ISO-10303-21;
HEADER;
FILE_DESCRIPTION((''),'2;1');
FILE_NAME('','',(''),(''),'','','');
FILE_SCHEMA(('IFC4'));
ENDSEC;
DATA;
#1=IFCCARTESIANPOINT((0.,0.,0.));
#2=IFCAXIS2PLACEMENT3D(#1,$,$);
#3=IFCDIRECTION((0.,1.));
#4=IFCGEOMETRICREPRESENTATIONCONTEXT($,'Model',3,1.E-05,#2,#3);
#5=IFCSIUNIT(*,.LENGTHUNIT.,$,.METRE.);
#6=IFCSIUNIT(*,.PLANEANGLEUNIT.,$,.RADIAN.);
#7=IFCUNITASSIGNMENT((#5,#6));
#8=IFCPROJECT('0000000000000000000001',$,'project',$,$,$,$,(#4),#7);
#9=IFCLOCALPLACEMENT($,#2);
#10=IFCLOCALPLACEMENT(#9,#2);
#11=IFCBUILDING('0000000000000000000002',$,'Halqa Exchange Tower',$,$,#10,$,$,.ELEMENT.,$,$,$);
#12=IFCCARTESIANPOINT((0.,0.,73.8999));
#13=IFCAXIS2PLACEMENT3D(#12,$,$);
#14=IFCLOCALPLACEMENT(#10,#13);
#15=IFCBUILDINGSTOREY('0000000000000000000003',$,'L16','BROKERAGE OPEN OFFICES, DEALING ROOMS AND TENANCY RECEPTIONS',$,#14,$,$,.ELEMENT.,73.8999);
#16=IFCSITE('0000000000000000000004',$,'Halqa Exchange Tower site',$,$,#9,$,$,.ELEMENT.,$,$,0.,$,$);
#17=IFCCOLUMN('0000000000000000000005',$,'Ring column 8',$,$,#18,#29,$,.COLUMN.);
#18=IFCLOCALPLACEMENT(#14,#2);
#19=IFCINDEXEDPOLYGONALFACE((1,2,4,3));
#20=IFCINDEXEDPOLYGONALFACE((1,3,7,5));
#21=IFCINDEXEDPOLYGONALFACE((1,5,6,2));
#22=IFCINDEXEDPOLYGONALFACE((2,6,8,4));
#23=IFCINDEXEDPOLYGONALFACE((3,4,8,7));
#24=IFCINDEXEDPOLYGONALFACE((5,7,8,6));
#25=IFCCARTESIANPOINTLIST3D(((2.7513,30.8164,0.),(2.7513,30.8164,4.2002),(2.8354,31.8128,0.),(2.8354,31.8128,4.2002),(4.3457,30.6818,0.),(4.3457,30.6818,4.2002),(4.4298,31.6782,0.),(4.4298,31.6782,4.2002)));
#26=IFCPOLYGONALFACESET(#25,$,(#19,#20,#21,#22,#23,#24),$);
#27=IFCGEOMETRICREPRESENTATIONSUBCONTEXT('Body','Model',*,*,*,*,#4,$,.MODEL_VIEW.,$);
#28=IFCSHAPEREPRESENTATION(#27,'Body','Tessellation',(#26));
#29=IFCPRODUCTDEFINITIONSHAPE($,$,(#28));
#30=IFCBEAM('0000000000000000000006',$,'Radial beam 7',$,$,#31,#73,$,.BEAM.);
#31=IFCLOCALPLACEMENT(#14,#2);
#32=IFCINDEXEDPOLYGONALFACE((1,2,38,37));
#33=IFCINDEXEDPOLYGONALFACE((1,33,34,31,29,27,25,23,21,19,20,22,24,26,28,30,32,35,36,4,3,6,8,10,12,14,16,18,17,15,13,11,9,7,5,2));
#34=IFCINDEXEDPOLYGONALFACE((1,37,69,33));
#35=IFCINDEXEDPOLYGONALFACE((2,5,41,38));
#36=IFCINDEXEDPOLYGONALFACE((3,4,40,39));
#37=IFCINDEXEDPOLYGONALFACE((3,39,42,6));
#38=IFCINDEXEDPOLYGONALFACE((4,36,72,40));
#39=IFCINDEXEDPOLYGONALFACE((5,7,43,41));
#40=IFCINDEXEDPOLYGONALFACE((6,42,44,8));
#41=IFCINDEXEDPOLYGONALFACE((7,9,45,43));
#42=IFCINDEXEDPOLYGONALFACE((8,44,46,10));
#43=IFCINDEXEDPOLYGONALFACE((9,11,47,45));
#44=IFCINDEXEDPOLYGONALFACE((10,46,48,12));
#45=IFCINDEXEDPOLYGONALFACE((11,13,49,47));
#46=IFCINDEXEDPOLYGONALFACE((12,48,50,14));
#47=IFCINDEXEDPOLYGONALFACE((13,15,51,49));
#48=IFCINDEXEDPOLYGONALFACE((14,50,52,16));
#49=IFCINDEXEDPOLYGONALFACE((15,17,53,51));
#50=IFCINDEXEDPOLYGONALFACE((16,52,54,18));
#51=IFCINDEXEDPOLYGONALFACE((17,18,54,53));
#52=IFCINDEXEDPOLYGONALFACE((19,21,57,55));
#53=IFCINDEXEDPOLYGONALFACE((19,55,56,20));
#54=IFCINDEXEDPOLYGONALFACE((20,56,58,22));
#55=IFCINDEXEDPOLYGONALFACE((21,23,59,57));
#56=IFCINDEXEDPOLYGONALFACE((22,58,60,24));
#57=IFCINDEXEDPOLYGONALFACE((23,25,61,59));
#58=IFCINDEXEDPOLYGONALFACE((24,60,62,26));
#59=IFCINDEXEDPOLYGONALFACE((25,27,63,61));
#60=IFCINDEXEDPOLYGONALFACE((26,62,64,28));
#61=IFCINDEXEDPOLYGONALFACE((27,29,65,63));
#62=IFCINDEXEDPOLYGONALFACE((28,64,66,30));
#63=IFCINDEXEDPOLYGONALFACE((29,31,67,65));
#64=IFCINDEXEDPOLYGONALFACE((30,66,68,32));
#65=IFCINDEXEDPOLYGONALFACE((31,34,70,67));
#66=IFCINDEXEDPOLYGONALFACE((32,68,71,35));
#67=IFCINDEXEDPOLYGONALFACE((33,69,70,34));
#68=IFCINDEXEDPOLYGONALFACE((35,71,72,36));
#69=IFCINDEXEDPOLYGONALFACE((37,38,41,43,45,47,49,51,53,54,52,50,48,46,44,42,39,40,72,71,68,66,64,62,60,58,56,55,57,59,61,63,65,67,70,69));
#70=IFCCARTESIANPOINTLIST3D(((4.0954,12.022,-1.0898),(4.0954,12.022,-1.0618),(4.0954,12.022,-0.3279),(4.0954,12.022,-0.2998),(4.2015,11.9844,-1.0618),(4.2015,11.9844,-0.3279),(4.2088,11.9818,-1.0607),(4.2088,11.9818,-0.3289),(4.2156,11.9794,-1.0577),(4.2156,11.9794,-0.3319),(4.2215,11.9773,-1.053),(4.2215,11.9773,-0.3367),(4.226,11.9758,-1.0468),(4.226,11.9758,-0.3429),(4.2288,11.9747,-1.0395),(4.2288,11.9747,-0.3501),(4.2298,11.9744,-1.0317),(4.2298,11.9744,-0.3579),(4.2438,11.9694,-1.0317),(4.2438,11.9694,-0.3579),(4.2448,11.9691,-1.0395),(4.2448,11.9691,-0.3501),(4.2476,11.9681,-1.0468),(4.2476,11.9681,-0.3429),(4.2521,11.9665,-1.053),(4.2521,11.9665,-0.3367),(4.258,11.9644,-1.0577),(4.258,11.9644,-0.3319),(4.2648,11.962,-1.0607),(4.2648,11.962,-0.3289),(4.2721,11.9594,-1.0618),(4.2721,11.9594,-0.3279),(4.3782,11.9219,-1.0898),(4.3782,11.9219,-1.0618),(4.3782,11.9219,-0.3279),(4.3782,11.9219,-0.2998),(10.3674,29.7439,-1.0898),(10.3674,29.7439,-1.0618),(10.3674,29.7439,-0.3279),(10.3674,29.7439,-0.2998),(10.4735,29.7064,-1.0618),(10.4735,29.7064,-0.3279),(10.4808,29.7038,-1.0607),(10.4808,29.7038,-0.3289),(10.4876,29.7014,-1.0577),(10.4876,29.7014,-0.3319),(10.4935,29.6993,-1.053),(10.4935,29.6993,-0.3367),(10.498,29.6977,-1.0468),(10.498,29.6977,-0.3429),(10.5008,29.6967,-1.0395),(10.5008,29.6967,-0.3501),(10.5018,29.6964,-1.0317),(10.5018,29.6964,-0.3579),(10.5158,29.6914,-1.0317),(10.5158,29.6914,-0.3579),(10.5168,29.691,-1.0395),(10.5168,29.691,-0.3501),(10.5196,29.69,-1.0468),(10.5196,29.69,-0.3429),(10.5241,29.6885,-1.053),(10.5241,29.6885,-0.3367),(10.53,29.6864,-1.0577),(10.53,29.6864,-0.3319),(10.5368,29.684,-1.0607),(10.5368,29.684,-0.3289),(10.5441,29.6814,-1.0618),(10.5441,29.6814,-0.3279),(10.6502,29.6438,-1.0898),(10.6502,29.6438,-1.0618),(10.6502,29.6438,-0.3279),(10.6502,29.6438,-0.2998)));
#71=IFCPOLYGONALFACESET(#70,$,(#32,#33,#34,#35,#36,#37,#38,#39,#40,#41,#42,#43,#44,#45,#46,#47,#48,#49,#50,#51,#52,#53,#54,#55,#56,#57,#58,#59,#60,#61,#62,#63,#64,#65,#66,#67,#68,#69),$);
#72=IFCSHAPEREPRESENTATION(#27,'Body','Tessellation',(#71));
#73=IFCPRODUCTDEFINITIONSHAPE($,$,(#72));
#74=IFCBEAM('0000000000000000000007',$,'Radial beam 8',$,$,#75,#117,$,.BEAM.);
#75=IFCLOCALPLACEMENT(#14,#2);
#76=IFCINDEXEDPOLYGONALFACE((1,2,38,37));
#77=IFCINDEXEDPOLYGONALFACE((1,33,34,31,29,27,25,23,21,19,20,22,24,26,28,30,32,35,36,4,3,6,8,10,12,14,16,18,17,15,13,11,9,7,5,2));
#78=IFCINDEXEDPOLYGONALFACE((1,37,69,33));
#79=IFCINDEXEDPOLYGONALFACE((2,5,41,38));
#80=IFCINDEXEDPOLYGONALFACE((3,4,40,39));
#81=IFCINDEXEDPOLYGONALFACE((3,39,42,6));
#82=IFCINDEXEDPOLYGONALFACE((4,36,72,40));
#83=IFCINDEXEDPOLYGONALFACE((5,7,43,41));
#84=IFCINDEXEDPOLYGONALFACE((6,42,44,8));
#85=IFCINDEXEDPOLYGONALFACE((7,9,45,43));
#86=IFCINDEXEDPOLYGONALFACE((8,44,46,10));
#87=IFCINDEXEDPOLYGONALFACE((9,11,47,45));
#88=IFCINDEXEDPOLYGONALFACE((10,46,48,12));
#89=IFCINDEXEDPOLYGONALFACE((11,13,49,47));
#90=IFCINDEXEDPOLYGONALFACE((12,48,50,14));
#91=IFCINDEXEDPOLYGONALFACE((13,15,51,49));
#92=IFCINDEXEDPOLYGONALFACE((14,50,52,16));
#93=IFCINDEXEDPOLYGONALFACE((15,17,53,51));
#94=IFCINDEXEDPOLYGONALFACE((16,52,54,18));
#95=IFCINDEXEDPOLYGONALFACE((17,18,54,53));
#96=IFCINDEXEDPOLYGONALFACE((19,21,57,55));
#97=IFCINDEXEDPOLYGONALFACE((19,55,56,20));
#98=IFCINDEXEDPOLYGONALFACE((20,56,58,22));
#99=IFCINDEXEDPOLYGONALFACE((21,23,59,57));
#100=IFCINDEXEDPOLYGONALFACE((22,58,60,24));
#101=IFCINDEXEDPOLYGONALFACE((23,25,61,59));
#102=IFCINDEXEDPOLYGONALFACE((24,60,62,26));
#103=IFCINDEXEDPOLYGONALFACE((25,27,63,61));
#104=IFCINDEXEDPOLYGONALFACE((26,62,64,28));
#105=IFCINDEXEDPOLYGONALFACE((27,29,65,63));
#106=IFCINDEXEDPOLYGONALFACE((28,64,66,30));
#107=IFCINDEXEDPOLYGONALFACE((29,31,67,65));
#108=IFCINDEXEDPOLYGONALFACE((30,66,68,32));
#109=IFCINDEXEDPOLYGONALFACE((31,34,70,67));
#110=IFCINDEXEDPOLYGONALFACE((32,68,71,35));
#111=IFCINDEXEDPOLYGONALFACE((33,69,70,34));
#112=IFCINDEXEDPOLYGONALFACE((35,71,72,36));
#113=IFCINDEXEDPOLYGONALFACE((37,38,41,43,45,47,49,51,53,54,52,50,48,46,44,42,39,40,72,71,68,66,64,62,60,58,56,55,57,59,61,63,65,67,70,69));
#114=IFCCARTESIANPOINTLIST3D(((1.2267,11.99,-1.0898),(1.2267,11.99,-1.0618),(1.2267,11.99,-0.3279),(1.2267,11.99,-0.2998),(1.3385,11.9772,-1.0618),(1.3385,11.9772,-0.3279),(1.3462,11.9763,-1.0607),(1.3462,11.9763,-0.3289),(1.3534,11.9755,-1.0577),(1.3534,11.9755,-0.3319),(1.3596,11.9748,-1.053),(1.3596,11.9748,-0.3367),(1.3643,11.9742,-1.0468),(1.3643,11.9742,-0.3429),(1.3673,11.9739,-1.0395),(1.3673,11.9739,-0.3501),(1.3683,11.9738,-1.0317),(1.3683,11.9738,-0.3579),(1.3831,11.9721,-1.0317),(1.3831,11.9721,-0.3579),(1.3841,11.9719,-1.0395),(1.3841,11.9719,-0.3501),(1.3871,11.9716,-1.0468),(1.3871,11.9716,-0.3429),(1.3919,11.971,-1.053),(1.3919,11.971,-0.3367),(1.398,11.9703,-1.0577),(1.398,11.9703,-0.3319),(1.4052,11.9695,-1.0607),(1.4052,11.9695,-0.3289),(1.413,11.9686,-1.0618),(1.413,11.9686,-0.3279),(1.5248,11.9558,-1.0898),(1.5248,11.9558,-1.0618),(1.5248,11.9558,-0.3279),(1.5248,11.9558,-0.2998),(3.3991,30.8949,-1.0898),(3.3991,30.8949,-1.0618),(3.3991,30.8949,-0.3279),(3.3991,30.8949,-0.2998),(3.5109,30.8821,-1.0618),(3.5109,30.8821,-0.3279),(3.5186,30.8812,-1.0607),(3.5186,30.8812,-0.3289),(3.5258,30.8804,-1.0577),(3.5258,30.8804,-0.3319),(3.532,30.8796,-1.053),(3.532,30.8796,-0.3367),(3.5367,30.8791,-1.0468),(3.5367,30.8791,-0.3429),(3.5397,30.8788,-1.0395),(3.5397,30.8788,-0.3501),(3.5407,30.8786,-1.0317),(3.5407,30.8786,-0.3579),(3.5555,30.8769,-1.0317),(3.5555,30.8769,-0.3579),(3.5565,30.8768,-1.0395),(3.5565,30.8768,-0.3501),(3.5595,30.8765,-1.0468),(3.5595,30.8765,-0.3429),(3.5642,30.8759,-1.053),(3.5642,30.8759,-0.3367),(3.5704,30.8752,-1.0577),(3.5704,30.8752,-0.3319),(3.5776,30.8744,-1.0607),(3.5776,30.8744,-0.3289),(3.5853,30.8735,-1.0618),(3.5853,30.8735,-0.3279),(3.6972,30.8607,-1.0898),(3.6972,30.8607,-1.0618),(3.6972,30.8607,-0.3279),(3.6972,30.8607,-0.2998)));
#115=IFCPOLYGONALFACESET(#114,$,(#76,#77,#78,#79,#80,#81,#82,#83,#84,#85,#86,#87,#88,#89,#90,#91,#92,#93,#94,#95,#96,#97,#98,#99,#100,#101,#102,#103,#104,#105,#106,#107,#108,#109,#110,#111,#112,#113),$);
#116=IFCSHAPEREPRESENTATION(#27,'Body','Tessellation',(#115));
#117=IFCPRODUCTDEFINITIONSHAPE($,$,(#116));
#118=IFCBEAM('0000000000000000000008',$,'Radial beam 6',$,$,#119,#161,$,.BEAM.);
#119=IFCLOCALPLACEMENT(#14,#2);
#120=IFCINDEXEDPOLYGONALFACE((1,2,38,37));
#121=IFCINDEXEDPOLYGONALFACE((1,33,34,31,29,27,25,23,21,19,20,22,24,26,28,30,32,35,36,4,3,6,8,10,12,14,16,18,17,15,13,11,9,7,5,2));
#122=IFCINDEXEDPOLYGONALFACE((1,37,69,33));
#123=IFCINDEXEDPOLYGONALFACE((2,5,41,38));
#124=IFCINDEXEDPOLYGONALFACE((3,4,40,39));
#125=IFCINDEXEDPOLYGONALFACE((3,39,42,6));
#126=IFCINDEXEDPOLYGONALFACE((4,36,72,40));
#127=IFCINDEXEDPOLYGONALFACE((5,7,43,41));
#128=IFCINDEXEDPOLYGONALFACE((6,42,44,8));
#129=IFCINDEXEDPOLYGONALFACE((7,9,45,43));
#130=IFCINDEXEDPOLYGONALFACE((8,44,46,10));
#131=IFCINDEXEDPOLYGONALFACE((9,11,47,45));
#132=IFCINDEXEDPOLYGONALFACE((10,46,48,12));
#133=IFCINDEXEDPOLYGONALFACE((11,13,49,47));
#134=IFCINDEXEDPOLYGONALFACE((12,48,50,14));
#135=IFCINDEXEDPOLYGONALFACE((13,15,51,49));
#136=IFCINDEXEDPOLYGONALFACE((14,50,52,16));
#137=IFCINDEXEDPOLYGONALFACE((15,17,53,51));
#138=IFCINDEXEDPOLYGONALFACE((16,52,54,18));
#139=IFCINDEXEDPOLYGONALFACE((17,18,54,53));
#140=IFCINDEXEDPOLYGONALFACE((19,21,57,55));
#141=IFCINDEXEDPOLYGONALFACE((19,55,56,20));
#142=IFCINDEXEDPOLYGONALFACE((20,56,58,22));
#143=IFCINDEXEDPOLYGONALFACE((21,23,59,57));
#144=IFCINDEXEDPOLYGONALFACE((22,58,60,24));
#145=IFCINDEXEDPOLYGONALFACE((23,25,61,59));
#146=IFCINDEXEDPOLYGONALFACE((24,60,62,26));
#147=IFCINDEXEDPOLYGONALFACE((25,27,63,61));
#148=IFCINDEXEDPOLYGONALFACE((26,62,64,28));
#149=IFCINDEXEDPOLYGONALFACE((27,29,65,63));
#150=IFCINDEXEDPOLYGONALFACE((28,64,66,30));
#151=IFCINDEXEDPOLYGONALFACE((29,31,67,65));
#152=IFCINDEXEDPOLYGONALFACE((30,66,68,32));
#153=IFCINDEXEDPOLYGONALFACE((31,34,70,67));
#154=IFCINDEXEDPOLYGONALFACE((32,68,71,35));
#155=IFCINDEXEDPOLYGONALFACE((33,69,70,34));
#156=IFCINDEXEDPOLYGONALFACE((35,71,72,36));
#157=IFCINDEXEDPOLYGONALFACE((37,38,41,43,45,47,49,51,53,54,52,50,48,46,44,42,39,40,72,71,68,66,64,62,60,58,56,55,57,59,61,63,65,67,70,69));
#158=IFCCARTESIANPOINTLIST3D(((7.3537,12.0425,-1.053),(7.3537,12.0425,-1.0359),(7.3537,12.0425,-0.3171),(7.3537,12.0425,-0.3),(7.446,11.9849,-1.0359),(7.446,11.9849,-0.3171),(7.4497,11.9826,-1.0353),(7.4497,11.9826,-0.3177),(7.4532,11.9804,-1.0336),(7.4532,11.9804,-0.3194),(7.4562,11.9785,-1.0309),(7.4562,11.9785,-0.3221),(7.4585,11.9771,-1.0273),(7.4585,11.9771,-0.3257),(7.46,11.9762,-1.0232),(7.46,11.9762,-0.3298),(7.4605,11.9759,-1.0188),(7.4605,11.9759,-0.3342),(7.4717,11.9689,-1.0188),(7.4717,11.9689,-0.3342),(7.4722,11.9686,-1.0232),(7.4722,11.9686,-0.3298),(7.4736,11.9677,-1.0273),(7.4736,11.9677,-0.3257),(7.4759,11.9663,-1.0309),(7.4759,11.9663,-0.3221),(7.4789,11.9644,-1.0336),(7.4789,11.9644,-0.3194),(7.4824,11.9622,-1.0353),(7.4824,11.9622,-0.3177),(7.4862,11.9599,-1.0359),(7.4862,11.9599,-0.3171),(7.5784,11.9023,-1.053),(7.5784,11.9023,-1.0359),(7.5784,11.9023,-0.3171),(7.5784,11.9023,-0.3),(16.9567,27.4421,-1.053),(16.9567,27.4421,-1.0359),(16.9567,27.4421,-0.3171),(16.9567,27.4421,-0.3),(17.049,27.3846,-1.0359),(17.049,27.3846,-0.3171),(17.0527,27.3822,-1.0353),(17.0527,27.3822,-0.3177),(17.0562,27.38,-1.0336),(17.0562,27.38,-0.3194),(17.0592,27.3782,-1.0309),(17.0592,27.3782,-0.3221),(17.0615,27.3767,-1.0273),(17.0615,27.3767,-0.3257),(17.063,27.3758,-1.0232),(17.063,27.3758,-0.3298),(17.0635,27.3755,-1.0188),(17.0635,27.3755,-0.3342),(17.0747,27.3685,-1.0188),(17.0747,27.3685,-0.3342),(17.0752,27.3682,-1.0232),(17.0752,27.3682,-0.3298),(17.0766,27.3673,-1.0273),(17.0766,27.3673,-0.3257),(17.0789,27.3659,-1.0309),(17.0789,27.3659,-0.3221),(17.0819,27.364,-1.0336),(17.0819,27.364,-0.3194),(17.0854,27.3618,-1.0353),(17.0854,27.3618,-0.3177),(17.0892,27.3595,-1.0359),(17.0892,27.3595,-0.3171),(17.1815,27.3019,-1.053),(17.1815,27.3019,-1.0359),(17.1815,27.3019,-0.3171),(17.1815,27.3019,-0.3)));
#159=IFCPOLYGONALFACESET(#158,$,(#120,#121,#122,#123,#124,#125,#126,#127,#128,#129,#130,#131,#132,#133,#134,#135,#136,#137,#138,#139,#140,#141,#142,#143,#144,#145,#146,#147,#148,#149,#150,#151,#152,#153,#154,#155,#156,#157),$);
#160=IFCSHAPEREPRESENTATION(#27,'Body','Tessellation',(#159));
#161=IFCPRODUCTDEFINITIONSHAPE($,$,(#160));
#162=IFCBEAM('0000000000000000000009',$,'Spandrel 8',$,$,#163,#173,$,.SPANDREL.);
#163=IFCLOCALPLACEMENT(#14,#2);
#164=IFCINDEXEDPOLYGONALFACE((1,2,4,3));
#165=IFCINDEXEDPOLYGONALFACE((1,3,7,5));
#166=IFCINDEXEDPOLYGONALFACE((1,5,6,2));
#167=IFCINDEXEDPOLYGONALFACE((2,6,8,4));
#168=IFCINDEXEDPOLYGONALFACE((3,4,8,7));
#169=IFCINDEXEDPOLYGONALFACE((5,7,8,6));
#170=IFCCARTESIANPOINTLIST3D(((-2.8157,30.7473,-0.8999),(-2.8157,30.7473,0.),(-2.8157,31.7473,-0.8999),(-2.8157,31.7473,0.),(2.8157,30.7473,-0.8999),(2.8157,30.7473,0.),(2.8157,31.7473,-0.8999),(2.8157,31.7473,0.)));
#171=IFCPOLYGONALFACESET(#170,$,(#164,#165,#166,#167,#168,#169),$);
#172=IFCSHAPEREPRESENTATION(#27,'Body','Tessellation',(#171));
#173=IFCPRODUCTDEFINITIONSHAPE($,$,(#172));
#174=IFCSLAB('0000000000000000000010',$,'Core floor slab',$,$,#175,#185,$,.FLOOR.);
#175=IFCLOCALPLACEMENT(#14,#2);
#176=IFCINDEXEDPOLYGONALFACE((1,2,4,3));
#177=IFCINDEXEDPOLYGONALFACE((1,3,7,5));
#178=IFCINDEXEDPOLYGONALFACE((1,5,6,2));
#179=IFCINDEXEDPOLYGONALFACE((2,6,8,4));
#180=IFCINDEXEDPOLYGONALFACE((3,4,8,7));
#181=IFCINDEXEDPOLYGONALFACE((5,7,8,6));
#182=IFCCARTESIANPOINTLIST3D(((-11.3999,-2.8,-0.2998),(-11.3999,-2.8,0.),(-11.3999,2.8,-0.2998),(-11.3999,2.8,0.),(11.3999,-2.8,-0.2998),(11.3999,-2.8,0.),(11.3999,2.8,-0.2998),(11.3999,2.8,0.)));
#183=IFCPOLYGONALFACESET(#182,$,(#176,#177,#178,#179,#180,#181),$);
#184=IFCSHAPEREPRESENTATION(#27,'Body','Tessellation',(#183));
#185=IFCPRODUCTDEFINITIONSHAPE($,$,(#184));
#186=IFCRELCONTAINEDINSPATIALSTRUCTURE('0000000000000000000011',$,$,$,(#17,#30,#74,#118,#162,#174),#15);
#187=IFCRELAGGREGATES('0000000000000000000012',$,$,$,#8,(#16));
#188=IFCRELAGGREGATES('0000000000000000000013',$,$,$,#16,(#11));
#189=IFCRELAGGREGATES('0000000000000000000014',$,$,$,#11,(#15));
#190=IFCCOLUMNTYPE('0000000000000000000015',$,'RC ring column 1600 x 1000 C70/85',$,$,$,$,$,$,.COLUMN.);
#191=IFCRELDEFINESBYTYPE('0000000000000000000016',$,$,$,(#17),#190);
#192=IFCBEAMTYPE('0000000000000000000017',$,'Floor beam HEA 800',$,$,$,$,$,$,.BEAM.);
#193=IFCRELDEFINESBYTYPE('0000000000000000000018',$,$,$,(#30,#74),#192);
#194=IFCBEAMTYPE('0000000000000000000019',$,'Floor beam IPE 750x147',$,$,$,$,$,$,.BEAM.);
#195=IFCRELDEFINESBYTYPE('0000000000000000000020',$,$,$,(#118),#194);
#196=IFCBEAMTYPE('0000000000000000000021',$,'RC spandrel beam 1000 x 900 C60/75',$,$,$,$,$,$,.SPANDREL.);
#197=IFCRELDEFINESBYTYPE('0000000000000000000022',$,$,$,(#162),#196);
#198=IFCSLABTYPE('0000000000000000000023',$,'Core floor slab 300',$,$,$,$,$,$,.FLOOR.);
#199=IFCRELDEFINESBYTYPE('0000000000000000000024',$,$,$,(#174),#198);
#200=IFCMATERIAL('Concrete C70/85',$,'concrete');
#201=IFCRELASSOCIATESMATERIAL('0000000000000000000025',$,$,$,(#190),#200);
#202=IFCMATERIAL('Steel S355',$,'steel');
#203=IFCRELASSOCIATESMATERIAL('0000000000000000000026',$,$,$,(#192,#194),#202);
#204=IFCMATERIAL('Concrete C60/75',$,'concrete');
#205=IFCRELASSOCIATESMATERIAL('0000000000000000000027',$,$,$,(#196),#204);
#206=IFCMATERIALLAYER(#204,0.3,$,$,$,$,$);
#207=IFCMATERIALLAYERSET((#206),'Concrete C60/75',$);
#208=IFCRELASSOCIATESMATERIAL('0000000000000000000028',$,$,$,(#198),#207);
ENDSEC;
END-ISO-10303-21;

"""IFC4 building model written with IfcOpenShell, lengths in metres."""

from ifc_helpers import new_model, si_unit, direction, frame, origin, origin_2d, place, context, subcontext, project, spatial, polyline, rectangle, i_section, outline, extrude, material, layer, layer_set, material_profile, profile_set, type_object, element, save


model = new_model("IFC4")

# Units and contexts
model_context = context("Model", 3, precision=1e-05, world=origin(), true_north=direction((0.0, 1.0)))
body_context = subcontext(model_context, "Body", "Model", "MODEL_VIEW")
ifc_project = project(units=[si_unit("LENGTHUNIT", "METRE"), si_unit("PLANEANGLEUNIT", "RADIAN")], contexts=[model_context])

# Site, building, storey
site_placement = place(None, origin())
site = spatial("IfcSite", under=ifc_project, at=site_placement, Name="Halqa Exchange Tower site", CompositionType="ELEMENT", RefElevation=0.0)
building_placement = place(site_placement, origin())
building = spatial("IfcBuilding", under=site, at=building_placement, Name="Halqa Exchange Tower", CompositionType="ELEMENT")
storey_placement = place(building_placement, frame((0.0, 0.0, 73.8999)))
storey = spatial("IfcBuildingStorey", under=building, at=storey_placement, Name="L16", Description="BROKERAGE OPEN OFFICES, DEALING ROOMS AND TENANCY RECEPTIONS", CompositionType="ELEMENT", Elevation=73.8999)

# Column
ifc_material_1 = material(Name="Concrete C70/85", Category="concrete")
ifc_material_profile_1 = material_profile(ifc_material_1, rectangle(XDim=1.6001, YDim=1.0, at=origin_2d()), Name="1600 x 1000")
ifc_profile_set_1 = profile_set([ifc_material_profile_1], Name="Concrete C70/85")
column_type = type_object("IfcColumnType", Name="RC ring column 1600 x 1000 C70/85", PredefinedType="COLUMN", material=ifc_profile_set_1)
column_placement = place(storey_placement, frame((3.5906, 31.2473, 0.0), z_axis=(0.0, 0.0, 1.0), x_axis=(-0.996456, 0.084121, 0.0)))
element("IfcColumn", 1, at=column_placement, inside=storey, type_object=column_type, Name="Ring column 8", PredefinedType="COLUMN", context=body_context, shape_type="SweptSolid", body=[
    extrude(rectangle(XDim=1.6001, YDim=1.0, at=origin_2d()), origin(), (0.0, 0.0, 1.0), 4.2002),
])

# Beams
ifc_material_2 = material(Name="Steel S355", Category="steel")
ifc_material_profile_2 = material_profile(ifc_material_2, i_section(OverallWidth=0.3, OverallDepth=0.79, WebThickness=0.0149, FlangeThickness=0.0281, FilletRadius=0.03, at=origin_2d()), Name="HEA 800")
ifc_profile_set_2 = profile_set([ifc_material_profile_2], Name="Steel S355")
beam_type_1 = type_object("IfcBeamType", Name="Floor beam HEA 800", PredefinedType="BEAM", material=ifc_profile_set_2)
beam_1_placement = place(storey_placement, frame((4.2368, 11.9719, -0.6948), z_axis=(0.333632, 0.942703, 0.0), x_axis=(-0.942703, 0.333632, 0.0)))
element("IfcBeam", 2, at=beam_1_placement, inside=storey, type_object=beam_type_1, Name="Radial beam 7", PredefinedType="BEAM", context=body_context, shape_type="SweptSolid", body=[
    extrude(i_section(OverallWidth=0.3, OverallDepth=0.79, WebThickness=0.0149, FlangeThickness=0.0281, FilletRadius=0.03, at=origin_2d()), origin(), (0.0, 0.0, 1.0), 18.7991),
])
beam_2_placement = place(storey_placement, frame((1.3757, 11.9729, -0.6948), z_axis=(0.11416, 0.993462, 0.0), x_axis=(-0.993462, 0.11416, 0.0)))
element("IfcBeam", 3, at=beam_2_placement, inside=storey, type_object=beam_type_1, Name="Radial beam 8", PredefinedType="BEAM", context=body_context, shape_type="SweptSolid", body=[
    extrude(i_section(OverallWidth=0.3, OverallDepth=0.79, WebThickness=0.0149, FlangeThickness=0.0281, FilletRadius=0.03, at=origin_2d()), origin(), (0.0, 0.0, 1.0), 19.0293),
])
ifc_material_profile_3 = material_profile(ifc_material_2, i_section(OverallWidth=0.2649, OverallDepth=0.7529, WebThickness=0.0132, FlangeThickness=0.0171, FilletRadius=0.0171, at=origin_2d()), Name="IPE 750x147")
ifc_profile_set_3 = profile_set([ifc_material_profile_3], Name="Steel S355")
beam_type_2 = type_object("IfcBeamType", Name="Floor beam IPE 750x147", PredefinedType="BEAM", material=ifc_profile_set_3)
beam_3_placement = place(storey_placement, frame((7.4661, 11.9724, -0.6765), z_axis=(0.529137, 0.848537, 0.0), x_axis=(-0.848537, 0.529137, 0.0)))
element("IfcBeam", 4, at=beam_3_placement, inside=storey, type_object=beam_type_2, Name="Radial beam 6", PredefinedType="BEAM", context=body_context, shape_type="SweptSolid", body=[
    extrude(i_section(OverallWidth=0.2649, OverallDepth=0.7529, WebThickness=0.0132, FlangeThickness=0.0171, FilletRadius=0.0171, at=origin_2d()), origin(), (0.0, 0.0, 1.0), 18.1484),
])
ifc_material_3 = material(Name="Concrete C60/75", Category="concrete")
ifc_material_profile_4 = material_profile(ifc_material_3, rectangle(XDim=1.0, YDim=0.8999, at=origin_2d()), Name="1000 x 900")
ifc_profile_set_4 = profile_set([ifc_material_profile_4], Name="Concrete C60/75")
beam_type_3 = type_object("IfcBeamType", Name="RC spandrel beam 1000 x 900 C60/75", PredefinedType="SPANDREL", material=ifc_profile_set_4)
beam_4_placement = place(storey_placement, frame((2.8157, 31.2473, -0.45), z_axis=(-1.0, 0.0, 0.0), x_axis=(0.0, -1.0, 0.0)))
element("IfcBeam", 5, at=beam_4_placement, inside=storey, type_object=beam_type_3, Name="Spandrel 8", PredefinedType="SPANDREL", context=body_context, shape_type="SweptSolid", body=[
    extrude(rectangle(XDim=1.0, YDim=0.8999, at=origin_2d()), origin(), (0.0, 0.0, 1.0), 5.6313),
])

# Slab
ifc_layer_1 = layer(ifc_material_3, 0.3)
ifc_layer_set_1 = layer_set([ifc_layer_1], Name="Concrete C60/75")
slab_type_1 = type_object("IfcSlabType", Name="Core floor slab 300", PredefinedType="FLOOR", material=ifc_layer_set_1)
slab_1_placement = place(storey_placement, frame((0.0, 0.0, -0.2998)))
element("IfcSlab", 6, at=slab_1_placement, inside=storey, type_object=slab_type_1, Name="Core floor slab", PredefinedType="FLOOR", context=body_context, shape_type="SweptSolid", body=[
    extrude(outline(polyline([(-11.3999, 2.8), (11.3999, 2.8), (11.3999, -2.8), (-11.3999, -2.8), (-11.3999, 2.8)])), origin(), (0.0, 0.0, 1.0), 0.2998),
])

save(model, "model.ifc")
